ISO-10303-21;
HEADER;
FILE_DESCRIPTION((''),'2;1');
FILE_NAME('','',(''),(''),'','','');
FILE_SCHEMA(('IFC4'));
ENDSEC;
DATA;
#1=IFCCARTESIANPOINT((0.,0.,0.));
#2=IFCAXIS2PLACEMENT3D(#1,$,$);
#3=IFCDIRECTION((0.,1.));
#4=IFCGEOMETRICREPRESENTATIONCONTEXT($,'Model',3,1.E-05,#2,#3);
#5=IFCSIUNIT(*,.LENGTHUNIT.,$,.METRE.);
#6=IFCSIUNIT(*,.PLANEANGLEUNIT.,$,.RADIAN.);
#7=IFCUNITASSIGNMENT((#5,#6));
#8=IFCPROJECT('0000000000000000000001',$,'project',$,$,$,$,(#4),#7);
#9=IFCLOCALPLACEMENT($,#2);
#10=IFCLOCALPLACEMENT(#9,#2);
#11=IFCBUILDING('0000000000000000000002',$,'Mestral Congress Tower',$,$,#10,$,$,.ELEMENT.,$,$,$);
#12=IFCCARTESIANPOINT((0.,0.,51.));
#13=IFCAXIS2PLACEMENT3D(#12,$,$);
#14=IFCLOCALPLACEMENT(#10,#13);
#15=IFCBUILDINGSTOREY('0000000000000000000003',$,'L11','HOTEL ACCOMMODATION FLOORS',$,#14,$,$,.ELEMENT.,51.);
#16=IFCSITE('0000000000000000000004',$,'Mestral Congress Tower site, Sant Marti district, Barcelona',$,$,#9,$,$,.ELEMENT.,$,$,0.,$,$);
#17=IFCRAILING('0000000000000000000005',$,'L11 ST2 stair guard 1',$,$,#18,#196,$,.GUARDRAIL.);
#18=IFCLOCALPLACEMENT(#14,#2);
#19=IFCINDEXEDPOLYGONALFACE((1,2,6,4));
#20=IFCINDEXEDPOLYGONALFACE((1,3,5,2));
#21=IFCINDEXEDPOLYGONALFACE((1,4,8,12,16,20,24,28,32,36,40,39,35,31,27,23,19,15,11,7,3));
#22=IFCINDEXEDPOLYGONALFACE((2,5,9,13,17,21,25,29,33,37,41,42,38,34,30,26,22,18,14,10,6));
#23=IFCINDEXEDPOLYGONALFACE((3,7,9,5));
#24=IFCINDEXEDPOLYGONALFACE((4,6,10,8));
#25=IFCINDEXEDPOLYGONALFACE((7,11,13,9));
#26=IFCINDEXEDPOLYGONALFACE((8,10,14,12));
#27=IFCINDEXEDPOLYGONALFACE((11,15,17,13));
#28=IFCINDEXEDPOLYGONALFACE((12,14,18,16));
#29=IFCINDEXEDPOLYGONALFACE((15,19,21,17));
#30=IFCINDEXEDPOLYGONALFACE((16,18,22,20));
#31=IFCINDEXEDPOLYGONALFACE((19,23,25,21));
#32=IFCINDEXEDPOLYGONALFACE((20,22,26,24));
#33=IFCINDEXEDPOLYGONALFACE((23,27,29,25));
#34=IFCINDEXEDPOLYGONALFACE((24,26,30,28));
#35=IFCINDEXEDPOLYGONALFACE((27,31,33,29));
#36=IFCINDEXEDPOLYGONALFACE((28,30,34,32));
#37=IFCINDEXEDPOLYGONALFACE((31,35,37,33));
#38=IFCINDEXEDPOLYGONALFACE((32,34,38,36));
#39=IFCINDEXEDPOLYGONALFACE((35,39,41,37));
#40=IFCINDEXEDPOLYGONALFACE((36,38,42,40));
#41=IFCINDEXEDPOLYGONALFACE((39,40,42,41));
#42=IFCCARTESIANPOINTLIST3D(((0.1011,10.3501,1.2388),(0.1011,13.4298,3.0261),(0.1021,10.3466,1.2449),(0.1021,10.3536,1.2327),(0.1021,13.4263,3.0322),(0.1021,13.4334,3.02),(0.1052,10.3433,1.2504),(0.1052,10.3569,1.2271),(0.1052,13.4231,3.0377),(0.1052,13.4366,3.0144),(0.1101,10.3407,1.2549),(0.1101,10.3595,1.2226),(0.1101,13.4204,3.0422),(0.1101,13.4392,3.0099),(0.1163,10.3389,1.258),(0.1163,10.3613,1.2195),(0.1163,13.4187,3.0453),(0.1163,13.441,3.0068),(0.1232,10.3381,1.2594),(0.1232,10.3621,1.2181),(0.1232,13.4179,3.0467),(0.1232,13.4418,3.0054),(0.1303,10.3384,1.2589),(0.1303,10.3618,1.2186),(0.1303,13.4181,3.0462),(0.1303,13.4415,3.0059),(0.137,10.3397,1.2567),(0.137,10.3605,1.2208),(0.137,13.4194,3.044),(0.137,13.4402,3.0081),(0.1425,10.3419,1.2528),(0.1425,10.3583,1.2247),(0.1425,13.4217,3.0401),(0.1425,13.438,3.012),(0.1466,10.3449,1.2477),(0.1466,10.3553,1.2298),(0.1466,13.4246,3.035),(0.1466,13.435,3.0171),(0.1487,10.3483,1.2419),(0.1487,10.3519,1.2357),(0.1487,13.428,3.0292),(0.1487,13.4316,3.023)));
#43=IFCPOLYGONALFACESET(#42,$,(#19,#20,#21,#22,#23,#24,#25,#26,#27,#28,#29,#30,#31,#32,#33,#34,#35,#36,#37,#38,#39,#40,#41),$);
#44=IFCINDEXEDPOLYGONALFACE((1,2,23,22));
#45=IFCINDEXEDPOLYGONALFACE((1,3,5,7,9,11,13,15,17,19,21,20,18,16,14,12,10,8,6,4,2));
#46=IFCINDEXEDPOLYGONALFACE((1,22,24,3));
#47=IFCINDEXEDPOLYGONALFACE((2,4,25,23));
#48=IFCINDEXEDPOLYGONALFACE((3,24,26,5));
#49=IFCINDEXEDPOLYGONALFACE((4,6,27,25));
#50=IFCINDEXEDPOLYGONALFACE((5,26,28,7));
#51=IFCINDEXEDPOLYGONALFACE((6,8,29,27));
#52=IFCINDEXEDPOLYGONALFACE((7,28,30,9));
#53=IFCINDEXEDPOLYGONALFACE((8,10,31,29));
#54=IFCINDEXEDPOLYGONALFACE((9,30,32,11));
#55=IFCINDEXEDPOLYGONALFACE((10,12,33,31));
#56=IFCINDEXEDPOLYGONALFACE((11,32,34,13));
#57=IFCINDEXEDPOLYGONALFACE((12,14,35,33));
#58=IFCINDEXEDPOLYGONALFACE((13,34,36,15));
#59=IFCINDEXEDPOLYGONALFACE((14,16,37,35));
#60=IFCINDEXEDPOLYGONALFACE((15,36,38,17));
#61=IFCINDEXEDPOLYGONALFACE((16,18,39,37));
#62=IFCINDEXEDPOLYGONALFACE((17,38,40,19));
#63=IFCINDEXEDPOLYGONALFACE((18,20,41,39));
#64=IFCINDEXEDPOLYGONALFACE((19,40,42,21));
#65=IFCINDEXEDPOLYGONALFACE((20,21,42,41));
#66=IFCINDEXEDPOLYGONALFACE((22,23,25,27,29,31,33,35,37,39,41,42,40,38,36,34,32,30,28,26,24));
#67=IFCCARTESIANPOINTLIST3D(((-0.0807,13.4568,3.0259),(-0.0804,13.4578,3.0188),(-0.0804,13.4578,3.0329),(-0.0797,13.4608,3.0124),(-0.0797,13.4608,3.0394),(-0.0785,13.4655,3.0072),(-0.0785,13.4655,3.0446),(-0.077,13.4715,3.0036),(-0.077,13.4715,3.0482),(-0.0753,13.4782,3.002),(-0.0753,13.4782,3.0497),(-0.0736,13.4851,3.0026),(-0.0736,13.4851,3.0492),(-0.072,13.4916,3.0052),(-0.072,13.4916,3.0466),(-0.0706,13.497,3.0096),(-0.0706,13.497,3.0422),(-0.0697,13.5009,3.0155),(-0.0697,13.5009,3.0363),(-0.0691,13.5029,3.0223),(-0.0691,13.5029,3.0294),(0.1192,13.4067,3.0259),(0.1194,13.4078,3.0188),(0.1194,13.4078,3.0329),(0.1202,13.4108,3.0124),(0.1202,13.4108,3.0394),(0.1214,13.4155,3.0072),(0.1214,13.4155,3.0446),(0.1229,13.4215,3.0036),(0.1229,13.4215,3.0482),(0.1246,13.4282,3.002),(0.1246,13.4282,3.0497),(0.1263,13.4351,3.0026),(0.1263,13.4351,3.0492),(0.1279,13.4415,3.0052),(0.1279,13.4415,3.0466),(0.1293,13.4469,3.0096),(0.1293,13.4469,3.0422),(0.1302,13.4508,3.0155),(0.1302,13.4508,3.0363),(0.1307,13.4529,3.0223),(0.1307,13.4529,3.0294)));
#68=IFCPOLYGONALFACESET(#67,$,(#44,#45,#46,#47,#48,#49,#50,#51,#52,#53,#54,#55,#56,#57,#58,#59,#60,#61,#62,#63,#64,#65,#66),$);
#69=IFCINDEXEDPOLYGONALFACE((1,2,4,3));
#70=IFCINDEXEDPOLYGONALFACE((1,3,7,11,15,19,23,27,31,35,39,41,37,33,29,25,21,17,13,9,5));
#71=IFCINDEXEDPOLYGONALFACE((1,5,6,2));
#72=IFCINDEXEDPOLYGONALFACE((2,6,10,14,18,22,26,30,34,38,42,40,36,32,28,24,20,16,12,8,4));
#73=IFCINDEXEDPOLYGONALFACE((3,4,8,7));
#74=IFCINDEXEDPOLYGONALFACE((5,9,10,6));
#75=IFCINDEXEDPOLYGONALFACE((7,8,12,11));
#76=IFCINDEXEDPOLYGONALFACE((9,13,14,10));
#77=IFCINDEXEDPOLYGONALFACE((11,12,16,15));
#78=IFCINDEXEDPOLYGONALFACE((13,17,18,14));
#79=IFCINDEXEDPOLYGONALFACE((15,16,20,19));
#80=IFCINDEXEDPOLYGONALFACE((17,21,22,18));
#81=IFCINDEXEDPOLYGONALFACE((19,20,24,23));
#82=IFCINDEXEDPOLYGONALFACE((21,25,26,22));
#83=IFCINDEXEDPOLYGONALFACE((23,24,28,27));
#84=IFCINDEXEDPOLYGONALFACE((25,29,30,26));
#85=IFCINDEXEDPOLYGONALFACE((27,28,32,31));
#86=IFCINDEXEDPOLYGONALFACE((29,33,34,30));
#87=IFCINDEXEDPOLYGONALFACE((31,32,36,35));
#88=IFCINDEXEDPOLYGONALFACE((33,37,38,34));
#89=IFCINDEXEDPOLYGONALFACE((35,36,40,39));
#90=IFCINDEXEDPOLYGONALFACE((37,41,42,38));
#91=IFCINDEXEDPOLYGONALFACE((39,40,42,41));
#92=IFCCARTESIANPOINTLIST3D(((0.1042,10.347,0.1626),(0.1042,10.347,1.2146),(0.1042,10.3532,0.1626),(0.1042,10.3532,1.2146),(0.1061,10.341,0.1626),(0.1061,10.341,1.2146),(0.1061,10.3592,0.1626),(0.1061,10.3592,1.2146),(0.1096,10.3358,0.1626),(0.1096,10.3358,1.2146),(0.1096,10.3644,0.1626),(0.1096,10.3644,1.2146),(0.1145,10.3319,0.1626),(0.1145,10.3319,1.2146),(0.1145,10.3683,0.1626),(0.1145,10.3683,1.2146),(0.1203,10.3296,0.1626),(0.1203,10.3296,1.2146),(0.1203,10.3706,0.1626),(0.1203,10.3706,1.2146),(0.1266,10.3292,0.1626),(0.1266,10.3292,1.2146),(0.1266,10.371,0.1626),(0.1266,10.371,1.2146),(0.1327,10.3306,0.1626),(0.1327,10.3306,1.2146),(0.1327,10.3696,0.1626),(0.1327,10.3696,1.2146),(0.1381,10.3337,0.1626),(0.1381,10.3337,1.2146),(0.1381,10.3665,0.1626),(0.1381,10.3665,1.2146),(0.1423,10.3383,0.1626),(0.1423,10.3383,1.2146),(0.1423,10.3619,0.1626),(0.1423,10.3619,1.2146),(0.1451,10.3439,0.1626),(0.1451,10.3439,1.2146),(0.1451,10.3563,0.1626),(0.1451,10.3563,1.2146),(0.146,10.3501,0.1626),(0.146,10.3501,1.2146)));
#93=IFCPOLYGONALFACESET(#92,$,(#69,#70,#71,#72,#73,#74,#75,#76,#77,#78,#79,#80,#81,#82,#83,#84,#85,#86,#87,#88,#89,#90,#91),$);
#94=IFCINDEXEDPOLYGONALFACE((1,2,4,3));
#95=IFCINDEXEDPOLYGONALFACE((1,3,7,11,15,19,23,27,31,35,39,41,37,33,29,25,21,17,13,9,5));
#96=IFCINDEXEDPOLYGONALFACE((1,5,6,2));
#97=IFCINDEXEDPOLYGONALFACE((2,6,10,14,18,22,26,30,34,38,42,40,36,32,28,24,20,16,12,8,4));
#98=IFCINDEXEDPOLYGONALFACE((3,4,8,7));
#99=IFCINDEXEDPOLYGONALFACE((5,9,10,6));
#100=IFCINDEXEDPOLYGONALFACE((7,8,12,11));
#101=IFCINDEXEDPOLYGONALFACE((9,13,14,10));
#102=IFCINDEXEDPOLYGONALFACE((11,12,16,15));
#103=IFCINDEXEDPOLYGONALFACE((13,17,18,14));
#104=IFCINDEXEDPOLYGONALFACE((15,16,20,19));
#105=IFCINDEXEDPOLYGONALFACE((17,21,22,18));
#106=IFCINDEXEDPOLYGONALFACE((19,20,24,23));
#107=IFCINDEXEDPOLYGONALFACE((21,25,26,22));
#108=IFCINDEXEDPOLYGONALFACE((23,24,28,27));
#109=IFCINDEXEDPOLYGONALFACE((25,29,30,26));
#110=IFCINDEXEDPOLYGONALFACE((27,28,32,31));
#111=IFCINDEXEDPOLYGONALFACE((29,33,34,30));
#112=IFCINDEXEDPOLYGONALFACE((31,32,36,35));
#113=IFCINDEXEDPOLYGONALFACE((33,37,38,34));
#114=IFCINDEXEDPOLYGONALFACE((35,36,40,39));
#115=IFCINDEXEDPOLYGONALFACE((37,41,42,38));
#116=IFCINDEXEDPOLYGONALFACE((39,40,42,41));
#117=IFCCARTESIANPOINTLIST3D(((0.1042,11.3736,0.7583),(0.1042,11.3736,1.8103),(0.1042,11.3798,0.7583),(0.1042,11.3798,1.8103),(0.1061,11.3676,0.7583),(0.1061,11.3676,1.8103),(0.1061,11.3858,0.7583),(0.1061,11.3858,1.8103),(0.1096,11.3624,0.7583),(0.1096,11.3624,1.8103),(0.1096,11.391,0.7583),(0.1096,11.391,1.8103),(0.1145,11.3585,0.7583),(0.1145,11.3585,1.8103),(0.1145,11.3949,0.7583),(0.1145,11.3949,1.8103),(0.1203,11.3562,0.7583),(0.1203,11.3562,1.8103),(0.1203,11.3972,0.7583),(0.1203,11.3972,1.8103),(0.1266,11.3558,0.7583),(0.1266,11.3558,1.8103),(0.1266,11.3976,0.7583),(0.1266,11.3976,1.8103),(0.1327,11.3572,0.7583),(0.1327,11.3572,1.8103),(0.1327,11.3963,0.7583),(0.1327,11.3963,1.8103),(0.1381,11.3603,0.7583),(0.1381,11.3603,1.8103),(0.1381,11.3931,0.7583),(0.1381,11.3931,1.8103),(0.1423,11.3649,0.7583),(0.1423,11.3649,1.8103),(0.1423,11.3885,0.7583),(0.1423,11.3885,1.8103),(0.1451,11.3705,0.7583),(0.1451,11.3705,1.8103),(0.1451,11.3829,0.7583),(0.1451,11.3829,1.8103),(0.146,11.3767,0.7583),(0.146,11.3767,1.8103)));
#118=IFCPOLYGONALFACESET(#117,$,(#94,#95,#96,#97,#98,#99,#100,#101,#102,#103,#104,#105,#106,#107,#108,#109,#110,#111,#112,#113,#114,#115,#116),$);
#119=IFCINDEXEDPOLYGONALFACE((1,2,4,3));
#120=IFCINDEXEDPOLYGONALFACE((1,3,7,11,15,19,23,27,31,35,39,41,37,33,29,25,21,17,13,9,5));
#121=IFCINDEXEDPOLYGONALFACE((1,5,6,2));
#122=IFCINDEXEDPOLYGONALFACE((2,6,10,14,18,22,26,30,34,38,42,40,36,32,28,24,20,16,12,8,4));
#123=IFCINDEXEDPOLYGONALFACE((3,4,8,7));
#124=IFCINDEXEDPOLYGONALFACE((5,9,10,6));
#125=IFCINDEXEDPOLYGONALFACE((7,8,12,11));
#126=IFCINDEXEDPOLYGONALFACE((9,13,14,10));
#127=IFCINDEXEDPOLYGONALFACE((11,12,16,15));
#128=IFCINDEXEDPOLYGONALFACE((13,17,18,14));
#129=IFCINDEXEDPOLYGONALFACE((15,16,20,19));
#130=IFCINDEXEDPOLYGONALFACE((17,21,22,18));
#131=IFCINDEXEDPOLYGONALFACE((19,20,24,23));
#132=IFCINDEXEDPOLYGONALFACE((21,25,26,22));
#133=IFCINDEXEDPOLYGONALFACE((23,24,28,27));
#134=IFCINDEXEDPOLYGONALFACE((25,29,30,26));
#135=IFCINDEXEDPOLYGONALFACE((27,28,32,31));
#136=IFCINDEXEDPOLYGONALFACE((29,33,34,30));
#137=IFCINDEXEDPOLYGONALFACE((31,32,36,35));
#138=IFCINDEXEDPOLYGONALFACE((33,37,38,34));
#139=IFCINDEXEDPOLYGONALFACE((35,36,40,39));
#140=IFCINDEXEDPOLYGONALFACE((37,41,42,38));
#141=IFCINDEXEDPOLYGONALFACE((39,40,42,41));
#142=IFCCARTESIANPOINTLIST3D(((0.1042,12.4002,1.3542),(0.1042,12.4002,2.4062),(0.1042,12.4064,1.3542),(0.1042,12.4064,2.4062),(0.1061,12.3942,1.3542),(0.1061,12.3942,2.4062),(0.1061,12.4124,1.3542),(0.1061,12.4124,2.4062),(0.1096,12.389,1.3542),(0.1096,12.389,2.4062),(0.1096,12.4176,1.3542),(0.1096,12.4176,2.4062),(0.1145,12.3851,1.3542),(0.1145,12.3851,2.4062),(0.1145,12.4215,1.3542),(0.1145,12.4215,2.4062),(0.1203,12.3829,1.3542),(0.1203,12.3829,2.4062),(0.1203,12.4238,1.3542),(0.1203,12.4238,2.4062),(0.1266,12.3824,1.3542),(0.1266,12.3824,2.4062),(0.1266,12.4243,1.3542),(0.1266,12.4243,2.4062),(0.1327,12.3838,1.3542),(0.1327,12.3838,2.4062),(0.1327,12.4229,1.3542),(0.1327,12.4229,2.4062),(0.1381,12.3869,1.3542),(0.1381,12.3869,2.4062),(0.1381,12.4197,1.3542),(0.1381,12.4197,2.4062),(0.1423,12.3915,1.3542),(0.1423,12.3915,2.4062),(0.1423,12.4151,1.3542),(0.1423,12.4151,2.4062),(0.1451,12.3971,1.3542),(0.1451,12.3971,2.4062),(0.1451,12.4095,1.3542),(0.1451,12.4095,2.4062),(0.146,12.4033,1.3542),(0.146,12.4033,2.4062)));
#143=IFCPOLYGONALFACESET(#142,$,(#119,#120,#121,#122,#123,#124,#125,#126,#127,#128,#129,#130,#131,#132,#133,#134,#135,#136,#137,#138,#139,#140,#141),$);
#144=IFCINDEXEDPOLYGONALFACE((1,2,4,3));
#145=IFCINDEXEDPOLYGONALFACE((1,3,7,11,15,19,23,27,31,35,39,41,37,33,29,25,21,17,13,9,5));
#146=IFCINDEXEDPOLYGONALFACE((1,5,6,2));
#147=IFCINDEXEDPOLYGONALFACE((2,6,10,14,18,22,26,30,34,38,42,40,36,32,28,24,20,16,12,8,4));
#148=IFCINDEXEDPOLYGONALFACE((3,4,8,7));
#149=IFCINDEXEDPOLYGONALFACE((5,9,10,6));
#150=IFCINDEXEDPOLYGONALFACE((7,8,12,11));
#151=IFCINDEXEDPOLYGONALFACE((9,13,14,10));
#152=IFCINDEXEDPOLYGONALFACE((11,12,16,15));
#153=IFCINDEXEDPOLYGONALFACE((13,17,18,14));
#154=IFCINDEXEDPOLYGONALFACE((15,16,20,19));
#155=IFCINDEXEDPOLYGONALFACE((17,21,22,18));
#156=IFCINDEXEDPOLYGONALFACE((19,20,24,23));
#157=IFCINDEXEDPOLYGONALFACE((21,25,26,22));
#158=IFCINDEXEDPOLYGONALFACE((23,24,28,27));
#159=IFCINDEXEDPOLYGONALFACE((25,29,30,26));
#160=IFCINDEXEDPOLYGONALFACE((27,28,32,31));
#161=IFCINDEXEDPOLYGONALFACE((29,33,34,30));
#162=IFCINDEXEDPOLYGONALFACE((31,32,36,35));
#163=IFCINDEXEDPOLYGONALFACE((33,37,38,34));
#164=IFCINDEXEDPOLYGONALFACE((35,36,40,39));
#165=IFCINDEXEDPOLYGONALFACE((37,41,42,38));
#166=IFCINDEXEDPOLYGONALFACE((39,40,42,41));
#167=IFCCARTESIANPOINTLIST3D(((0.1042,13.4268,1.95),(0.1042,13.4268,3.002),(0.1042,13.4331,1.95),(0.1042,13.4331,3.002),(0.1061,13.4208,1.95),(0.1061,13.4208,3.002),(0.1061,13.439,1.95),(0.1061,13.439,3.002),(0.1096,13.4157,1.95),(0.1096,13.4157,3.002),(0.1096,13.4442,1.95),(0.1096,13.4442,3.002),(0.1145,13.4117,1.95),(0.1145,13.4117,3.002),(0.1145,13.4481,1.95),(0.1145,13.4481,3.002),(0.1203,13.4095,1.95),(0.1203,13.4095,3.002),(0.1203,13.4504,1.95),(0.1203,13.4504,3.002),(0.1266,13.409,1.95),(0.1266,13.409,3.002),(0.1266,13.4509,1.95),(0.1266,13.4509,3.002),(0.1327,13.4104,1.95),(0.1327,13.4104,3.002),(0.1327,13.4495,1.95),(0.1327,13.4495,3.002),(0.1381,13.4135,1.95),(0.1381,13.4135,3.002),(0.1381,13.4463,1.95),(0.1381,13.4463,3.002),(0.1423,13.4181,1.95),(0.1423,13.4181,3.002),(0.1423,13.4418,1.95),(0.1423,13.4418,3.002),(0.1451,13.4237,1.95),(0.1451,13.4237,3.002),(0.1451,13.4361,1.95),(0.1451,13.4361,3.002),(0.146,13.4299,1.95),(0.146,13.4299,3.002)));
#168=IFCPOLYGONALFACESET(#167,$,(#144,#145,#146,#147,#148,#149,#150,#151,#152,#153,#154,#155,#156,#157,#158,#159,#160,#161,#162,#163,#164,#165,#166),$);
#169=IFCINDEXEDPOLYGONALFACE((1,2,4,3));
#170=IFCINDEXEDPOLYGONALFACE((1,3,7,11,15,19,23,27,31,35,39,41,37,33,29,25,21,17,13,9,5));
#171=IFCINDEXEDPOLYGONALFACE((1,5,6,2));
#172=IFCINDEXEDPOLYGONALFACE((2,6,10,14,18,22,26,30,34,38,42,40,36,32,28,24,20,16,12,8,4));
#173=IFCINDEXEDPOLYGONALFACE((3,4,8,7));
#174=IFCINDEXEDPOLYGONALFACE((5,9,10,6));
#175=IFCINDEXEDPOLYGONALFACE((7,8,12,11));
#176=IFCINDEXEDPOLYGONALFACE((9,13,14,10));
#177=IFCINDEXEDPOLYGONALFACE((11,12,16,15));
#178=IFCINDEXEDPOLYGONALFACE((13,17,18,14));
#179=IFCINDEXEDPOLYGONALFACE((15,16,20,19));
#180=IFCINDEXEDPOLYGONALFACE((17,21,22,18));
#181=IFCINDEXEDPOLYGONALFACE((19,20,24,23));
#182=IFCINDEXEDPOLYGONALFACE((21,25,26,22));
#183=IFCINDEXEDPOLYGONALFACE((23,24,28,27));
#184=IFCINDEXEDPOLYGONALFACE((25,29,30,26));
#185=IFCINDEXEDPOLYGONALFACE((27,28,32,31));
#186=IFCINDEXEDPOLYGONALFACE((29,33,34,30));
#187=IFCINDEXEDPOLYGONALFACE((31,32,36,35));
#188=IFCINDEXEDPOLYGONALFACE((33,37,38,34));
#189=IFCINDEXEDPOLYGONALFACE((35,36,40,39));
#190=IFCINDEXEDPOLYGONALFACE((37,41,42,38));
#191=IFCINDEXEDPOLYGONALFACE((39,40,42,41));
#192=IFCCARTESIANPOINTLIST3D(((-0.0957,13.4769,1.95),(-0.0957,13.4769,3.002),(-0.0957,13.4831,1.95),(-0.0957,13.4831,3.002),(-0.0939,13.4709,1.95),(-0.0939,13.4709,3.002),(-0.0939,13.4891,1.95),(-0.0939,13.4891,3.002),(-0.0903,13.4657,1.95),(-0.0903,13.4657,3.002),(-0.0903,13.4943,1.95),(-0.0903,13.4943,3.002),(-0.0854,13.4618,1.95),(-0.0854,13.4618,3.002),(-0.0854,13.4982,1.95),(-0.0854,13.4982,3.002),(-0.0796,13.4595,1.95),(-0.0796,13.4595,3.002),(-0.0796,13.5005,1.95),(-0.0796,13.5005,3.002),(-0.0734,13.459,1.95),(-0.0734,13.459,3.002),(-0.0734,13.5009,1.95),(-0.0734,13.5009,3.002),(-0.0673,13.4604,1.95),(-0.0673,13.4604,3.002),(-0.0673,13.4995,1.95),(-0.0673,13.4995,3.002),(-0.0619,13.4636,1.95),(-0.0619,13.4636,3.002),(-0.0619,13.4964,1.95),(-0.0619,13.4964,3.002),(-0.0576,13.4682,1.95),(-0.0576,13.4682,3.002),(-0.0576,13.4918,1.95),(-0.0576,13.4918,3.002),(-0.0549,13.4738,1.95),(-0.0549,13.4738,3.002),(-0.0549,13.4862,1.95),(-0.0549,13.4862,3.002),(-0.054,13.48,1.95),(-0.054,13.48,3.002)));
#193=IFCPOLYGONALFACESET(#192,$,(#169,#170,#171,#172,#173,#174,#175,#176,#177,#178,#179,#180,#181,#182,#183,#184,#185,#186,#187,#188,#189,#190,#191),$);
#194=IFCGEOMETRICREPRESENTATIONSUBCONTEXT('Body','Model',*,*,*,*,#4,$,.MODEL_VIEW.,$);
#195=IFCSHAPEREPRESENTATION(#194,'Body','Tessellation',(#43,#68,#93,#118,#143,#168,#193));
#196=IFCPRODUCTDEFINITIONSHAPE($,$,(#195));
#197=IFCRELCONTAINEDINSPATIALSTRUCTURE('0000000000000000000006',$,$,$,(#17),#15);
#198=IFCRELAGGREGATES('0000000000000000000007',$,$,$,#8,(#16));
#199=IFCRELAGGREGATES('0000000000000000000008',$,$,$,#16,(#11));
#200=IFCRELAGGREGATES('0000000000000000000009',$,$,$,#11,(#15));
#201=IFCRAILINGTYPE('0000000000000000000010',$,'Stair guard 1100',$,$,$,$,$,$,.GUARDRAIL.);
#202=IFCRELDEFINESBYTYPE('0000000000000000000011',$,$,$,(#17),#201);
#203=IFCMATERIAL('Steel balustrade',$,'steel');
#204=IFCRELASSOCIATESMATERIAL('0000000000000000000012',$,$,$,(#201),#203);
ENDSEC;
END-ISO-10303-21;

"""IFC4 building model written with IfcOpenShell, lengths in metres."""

from ifc_helpers import new_model, si_unit, direction, frame, origin, origin_2d, place, context, subcontext, project, spatial, circle, extrude, material, type_object, element, save


model = new_model("IFC4")

# Units and contexts
model_context = context("Model", 3, precision=1e-05, world=origin(), true_north=direction((0.0, 1.0)))
body_context = subcontext(model_context, "Body", "Model", "MODEL_VIEW")
ifc_project = project(units=[si_unit("LENGTHUNIT", "METRE"), si_unit("PLANEANGLEUNIT", "RADIAN")], contexts=[model_context])

# Site, building, storey
site_placement = place(None, origin())
site = spatial("IfcSite", under=ifc_project, at=site_placement, Name="Mestral Congress Tower site, Sant Marti district, Barcelona", CompositionType="ELEMENT", RefElevation=0.0)
building_placement = place(site_placement, origin())
building = spatial("IfcBuilding", under=site, at=building_placement, Name="Mestral Congress Tower", CompositionType="ELEMENT")
storey_placement = place(building_placement, frame((0.0, 0.0, 51.0)))
storey = spatial("IfcBuildingStorey", under=building, at=storey_placement, Name="L11", Description="HOTEL ACCOMMODATION FLOORS", CompositionType="ELEMENT", Elevation=51.0)

# Railing
ifc_material_1 = material(Name="Steel balustrade", Category="steel")
railing_type_1 = type_object("IfcRailingType", Name="Stair guard 1100", PredefinedType="GUARDRAIL", material=ifc_material_1)
railing_1_placement = place(storey_placement, frame((0.125, 10.3501, 0.1626)))
element("IfcRailing", 1, at=railing_1_placement, inside=storey, type_object=railing_type_1, Name="L11 ST2 stair guard 1", PredefinedType="GUARDRAIL", context=body_context, shape_type="SweptSolid", body=[
    extrude(circle(Radius=0.0239, at=origin_2d()), frame((0.0, 0.0, 1.0762), z_axis=(0.0, 0.864903, 0.501939), x_axis=(-1.0, 0.0, 0.0)), (0.0, 0.0, 1.0), 3.5608),
    extrude(circle(Radius=0.0239, at=origin_2d()), frame((0.0, 3.0798, 2.8633), z_axis=(-0.970073, 0.242814, 0.0), x_axis=(-0.242814, -0.970073, 0.0)), (0.0, 0.0, 1.0), 0.2061),
    extrude(circle(Radius=0.021, at=origin_2d()), origin(), (0.0, 0.0, 1.0), 1.052),
    extrude(circle(Radius=0.021, at=origin_2d()), frame((0.0, 1.0266, 0.5957)), (0.0, 0.0, 1.0), 1.052),
    extrude(circle(Radius=0.021, at=origin_2d()), frame((0.0, 2.0532, 1.1917)), (0.0, 0.0, 1.0), 1.052),
    extrude(circle(Radius=0.021, at=origin_2d()), frame((0.0, 3.0798, 1.7874)), (0.0, 0.0, 1.0), 1.052),
    extrude(circle(Radius=0.021, at=origin_2d()), frame((-0.2, 3.1299, 1.7874)), (0.0, 0.0, 1.0), 1.052),
])

save(model, "model.ifc")
